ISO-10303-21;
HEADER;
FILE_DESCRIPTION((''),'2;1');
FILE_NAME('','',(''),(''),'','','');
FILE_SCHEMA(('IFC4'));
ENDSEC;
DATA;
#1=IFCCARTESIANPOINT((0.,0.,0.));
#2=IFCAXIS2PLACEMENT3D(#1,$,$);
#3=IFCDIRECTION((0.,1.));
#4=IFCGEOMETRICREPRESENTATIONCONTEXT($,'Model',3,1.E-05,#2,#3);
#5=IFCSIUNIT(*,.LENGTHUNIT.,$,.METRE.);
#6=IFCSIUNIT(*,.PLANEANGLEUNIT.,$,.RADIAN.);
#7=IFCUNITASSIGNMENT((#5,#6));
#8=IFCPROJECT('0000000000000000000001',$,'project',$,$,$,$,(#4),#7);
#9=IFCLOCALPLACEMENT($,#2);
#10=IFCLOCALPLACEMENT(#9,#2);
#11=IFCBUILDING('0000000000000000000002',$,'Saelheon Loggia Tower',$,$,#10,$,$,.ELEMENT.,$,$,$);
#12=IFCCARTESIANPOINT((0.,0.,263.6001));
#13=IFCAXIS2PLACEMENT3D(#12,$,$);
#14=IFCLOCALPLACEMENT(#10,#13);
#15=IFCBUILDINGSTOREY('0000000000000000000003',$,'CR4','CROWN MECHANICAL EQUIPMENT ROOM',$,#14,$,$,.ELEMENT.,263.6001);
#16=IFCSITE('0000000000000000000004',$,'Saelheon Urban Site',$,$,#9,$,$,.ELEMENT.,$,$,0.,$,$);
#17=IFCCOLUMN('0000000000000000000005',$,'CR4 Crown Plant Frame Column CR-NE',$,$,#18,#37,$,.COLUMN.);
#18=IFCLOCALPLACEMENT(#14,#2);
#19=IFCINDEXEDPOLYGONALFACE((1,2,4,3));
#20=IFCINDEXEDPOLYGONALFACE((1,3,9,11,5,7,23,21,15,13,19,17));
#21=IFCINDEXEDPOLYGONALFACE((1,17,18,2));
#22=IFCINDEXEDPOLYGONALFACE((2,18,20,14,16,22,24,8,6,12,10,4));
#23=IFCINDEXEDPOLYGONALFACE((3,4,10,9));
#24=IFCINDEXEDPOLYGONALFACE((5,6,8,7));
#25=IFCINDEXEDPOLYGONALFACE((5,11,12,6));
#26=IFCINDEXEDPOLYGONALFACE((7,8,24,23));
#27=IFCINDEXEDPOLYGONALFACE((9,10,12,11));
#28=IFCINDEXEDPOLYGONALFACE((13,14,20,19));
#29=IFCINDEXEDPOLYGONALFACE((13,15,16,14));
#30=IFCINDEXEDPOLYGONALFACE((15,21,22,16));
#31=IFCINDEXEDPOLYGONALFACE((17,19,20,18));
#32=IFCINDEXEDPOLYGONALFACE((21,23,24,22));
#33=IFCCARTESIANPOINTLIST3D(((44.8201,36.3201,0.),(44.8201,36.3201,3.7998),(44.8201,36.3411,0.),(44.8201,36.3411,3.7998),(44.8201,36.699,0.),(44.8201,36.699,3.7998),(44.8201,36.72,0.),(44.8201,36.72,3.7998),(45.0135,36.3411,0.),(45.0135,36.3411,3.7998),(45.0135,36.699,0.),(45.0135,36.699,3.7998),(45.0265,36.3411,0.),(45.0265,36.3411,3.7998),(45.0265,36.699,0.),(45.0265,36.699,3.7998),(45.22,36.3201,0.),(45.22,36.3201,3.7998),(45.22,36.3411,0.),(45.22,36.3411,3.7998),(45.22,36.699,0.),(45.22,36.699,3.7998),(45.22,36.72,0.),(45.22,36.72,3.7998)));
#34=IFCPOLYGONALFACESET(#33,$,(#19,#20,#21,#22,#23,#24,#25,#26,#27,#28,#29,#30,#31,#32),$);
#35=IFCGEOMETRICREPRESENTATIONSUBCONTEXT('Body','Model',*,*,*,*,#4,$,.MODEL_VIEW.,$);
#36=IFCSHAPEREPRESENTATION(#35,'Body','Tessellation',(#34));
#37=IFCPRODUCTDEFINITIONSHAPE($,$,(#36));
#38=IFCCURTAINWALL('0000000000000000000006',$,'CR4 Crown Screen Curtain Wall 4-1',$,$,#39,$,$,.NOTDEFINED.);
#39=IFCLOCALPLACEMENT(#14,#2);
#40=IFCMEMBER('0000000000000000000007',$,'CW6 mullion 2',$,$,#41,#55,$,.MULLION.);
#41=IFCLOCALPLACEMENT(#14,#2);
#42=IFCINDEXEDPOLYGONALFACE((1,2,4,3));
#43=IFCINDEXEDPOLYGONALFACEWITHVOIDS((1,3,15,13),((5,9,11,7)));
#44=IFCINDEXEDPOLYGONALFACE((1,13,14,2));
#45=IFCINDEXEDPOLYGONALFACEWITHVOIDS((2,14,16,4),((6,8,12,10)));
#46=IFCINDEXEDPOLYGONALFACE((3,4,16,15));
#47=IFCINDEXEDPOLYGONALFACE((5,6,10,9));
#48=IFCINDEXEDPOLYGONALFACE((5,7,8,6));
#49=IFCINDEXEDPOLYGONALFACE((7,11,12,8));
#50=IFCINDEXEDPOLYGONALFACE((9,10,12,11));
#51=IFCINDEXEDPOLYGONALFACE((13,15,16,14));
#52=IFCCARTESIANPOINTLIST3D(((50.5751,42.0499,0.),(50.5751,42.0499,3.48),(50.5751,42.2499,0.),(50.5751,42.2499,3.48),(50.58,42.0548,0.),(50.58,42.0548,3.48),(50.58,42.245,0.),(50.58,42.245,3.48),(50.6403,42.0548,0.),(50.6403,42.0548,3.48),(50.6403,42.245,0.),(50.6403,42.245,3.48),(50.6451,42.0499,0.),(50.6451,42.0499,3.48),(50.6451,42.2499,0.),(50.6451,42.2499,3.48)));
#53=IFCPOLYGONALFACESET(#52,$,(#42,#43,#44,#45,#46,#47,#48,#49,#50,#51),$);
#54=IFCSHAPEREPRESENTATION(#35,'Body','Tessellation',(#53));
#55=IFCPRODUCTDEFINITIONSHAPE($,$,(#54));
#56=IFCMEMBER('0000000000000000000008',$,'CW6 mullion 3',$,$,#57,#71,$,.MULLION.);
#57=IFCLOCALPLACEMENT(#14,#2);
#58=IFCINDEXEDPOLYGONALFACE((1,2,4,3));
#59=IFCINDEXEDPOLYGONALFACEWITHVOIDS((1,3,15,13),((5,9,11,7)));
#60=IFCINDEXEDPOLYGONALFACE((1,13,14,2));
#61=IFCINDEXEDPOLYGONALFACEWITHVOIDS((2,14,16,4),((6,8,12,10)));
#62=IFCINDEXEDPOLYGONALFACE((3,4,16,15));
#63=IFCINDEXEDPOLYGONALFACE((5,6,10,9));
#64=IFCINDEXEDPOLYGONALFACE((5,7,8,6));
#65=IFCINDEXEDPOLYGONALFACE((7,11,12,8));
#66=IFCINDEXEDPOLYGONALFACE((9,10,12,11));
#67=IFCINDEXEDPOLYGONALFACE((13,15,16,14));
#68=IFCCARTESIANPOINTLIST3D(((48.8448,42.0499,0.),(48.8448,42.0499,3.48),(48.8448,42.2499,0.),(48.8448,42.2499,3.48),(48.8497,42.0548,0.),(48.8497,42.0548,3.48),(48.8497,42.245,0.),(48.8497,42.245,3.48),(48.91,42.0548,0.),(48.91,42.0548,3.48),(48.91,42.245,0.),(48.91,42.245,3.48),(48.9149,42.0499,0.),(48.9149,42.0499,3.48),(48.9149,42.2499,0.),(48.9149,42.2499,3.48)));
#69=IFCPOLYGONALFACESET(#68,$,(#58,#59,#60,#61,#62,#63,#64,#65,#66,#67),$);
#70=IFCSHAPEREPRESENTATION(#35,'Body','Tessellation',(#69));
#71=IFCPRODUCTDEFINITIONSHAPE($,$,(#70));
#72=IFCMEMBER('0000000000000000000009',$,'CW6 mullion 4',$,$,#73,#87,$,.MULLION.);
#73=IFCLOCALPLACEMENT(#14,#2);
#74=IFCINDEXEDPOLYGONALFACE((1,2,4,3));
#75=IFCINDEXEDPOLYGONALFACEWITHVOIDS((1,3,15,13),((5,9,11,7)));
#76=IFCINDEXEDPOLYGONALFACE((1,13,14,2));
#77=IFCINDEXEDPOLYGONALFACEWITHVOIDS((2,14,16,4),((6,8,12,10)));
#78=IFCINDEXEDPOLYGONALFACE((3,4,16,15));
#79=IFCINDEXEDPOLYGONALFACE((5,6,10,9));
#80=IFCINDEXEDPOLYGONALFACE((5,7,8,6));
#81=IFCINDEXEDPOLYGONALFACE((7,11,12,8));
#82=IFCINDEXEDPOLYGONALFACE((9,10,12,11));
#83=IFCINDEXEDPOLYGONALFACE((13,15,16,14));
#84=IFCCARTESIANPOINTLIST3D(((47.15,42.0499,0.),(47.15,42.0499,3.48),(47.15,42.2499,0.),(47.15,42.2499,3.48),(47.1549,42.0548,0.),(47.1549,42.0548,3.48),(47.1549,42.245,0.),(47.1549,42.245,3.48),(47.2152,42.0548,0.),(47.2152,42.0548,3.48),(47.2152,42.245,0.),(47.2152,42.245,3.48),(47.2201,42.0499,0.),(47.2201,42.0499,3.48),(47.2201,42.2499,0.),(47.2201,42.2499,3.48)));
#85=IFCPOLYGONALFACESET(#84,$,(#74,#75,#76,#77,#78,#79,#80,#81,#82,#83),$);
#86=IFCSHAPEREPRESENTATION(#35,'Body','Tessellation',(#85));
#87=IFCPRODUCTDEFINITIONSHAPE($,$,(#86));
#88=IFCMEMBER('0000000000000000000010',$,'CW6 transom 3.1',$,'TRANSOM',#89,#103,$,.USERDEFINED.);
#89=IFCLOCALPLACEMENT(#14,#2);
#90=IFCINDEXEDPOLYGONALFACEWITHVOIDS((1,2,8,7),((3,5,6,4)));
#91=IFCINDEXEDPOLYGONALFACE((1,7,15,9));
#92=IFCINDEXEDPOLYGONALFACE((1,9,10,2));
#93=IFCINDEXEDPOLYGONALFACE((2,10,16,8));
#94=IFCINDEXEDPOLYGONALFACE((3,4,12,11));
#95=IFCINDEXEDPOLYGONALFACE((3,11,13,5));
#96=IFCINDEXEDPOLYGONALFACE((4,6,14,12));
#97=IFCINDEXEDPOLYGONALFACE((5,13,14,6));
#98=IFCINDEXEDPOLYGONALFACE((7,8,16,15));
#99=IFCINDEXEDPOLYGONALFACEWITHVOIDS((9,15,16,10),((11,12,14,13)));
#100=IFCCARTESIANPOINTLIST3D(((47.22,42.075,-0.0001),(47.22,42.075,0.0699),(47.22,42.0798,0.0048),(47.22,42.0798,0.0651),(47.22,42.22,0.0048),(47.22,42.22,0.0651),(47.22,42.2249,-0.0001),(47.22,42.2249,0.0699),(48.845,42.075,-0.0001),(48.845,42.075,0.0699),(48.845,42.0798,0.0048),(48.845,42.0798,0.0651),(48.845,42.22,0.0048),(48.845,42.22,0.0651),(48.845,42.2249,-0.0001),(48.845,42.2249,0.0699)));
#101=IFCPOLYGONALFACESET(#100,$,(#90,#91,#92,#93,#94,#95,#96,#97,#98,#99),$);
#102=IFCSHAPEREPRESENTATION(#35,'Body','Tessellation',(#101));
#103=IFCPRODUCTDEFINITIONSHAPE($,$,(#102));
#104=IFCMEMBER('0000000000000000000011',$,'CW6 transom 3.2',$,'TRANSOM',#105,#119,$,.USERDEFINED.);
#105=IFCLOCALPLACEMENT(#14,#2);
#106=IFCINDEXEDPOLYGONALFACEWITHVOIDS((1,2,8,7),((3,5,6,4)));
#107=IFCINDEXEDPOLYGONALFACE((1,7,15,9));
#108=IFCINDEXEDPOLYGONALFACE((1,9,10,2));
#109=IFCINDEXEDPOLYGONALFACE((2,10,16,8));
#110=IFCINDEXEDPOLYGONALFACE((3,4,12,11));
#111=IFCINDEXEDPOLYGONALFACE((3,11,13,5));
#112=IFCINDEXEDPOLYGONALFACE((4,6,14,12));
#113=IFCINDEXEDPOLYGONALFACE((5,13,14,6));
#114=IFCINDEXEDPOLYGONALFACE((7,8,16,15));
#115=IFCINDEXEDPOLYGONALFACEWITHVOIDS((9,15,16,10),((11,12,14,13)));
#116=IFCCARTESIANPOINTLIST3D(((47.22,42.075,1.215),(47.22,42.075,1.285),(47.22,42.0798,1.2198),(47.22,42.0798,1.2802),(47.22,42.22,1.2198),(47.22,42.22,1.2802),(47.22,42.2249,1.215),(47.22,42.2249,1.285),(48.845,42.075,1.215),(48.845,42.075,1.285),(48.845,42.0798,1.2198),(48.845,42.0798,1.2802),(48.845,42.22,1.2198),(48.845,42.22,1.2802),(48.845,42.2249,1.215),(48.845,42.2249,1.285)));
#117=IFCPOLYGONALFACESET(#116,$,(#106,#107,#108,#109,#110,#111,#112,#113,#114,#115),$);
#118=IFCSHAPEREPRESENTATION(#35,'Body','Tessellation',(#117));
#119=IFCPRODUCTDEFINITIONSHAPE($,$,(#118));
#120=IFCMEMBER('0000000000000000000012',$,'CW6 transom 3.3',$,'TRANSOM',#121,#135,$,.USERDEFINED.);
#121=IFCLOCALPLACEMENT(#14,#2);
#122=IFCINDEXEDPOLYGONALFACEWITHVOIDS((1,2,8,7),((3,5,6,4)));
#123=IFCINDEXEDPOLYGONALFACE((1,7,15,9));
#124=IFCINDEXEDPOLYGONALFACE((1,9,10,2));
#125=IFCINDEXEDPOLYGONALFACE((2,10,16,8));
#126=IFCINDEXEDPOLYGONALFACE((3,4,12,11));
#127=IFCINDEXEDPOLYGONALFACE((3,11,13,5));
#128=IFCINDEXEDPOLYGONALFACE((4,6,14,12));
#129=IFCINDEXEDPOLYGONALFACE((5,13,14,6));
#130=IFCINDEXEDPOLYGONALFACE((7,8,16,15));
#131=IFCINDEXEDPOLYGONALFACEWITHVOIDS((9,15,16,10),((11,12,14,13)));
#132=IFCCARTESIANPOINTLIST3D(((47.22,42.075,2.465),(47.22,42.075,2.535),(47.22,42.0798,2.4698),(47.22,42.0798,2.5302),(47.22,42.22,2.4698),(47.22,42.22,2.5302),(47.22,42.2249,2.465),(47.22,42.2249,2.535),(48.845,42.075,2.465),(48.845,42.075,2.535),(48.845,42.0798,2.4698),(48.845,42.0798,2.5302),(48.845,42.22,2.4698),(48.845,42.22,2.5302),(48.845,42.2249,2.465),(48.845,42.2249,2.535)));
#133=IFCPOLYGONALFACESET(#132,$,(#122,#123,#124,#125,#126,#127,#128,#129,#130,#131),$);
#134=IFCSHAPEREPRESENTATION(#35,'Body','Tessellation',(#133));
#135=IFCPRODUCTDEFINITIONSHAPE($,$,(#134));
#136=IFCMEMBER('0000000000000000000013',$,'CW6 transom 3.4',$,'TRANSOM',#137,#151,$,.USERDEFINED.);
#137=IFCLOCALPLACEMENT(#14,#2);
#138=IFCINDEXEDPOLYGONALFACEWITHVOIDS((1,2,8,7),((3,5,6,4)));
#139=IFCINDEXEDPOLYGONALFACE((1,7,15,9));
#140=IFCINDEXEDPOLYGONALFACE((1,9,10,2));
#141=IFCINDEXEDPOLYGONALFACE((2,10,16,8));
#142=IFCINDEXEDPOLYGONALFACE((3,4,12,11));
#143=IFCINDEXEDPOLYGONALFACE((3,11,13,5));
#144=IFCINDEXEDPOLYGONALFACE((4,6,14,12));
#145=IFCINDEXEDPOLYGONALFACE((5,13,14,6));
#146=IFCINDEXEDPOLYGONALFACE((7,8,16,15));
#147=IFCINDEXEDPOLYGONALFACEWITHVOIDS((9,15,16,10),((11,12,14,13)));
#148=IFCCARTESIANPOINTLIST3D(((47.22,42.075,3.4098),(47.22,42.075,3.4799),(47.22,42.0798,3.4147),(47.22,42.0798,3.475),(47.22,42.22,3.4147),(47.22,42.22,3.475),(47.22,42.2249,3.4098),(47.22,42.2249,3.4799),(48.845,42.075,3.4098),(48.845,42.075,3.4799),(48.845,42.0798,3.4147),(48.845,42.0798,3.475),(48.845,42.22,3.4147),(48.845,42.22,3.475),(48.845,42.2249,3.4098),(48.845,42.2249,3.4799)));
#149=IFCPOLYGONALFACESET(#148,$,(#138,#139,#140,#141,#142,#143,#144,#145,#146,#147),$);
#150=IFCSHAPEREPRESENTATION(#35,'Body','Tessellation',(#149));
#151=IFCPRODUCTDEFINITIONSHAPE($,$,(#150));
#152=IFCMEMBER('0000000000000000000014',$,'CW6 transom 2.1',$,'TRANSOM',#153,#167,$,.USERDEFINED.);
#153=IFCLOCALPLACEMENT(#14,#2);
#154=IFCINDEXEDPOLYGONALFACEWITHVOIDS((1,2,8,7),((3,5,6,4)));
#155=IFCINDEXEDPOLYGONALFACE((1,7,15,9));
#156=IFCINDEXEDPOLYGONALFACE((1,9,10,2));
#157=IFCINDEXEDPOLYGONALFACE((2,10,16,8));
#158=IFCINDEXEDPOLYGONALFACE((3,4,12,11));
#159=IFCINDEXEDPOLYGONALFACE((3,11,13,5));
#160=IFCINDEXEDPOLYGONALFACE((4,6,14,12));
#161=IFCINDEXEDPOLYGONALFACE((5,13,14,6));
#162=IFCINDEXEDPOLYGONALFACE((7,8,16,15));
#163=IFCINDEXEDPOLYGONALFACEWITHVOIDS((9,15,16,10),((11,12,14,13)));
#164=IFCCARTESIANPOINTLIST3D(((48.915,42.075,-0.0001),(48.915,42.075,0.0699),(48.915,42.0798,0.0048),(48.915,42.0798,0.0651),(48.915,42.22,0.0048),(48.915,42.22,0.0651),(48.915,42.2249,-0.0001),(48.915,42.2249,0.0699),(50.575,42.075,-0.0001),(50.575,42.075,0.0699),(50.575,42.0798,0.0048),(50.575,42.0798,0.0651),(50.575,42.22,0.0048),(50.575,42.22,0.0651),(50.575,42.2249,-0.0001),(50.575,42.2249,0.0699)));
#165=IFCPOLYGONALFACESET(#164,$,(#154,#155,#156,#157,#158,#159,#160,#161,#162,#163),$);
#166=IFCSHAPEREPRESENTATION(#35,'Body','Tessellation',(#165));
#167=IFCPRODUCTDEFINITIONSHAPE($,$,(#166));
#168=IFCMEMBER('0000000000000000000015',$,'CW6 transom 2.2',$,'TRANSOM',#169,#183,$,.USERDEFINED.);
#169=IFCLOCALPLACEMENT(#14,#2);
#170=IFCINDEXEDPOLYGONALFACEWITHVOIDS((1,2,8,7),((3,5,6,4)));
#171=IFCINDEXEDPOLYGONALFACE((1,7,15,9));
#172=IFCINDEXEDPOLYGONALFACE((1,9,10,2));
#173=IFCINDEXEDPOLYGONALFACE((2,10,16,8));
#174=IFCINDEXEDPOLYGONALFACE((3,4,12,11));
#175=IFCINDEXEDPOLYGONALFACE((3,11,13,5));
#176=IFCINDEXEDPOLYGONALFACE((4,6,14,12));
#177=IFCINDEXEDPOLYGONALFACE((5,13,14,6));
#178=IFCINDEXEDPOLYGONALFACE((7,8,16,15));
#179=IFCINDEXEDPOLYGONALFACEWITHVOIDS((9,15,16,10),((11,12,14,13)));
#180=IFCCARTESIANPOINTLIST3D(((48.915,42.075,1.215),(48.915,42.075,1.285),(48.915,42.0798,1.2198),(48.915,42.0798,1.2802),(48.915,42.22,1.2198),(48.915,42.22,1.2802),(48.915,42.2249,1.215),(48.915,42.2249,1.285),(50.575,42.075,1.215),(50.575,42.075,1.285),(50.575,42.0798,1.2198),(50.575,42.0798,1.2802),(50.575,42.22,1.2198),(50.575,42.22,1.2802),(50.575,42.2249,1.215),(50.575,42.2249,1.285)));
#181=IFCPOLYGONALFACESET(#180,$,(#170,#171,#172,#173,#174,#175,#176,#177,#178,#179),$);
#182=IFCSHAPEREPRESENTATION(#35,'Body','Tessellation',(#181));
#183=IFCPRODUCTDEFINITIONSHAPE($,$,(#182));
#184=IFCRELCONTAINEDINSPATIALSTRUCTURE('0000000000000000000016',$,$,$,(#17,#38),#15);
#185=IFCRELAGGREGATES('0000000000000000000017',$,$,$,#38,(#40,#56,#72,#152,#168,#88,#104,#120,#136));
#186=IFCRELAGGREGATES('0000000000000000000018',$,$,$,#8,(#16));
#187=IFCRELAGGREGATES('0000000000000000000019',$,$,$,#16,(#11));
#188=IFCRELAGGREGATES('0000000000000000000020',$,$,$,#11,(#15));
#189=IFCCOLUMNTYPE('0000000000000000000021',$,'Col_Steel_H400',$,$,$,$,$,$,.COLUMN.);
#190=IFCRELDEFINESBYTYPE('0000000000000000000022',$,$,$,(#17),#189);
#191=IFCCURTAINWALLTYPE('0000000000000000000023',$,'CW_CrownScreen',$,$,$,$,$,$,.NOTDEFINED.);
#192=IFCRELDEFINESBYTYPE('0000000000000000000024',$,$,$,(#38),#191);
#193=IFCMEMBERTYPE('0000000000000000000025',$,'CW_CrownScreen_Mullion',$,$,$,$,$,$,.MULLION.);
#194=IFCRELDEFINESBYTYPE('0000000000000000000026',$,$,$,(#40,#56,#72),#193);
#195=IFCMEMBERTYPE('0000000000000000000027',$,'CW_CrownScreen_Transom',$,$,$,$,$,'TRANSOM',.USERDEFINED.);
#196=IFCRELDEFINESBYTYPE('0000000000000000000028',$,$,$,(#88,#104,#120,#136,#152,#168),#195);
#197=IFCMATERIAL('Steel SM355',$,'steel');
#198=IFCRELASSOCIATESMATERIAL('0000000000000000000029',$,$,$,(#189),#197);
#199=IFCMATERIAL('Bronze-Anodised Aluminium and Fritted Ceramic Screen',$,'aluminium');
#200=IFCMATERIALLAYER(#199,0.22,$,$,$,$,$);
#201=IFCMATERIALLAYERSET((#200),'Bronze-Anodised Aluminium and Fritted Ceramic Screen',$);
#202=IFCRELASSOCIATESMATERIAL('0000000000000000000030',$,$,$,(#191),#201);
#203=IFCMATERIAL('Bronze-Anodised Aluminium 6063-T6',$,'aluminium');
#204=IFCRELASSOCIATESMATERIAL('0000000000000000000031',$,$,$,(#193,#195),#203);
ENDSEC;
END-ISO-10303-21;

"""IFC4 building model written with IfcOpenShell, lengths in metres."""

from ifc_helpers import new_model, si_unit, direction, frame, origin, origin_2d, place, context, subcontext, project, spatial, hollow_rectangle, i_section, extrude, source, transform, mapped, material, layer, layer_set, material_profile, profile_set, type_object, element, aggregate, save


model = new_model("IFC4")

# Units and contexts
model_context = context("Model", 3, precision=1e-05, world=origin(), true_north=direction((0.0, 1.0)))
body_context = subcontext(model_context, "Body", "Model", "MODEL_VIEW")
ifc_project = project(units=[si_unit("LENGTHUNIT", "METRE"), si_unit("PLANEANGLEUNIT", "RADIAN")], contexts=[model_context])

# Site, building, storey
site_placement = place(None, origin())
site = spatial("IfcSite", under=ifc_project, at=site_placement, Name="Saelheon Urban Site", CompositionType="ELEMENT", RefElevation=0.0)
building_placement = place(site_placement, origin())
building = spatial("IfcBuilding", under=site, at=building_placement, Name="Saelheon Loggia Tower", CompositionType="ELEMENT")
storey_placement = place(building_placement, frame((0.0, 0.0, 263.6001)))
storey = spatial("IfcBuildingStorey", under=building, at=storey_placement, Name="CR4", Description="CROWN MECHANICAL EQUIPMENT ROOM", CompositionType="ELEMENT", Elevation=263.6001)

# Column
ifc_material_1 = material(Name="Steel SM355", Category="steel")
ifc_material_profile_1 = material_profile(ifc_material_1, i_section(OverallWidth=0.3999, OverallDepth=0.3999, WebThickness=0.0129, FlangeThickness=0.021, at=origin_2d()), Name="H-400x400x13x21")
ifc_profile_set_1 = profile_set([ifc_material_profile_1], Name="Steel SM355")
column_type = type_object("IfcColumnType", Name="Col_Steel_H400", PredefinedType="COLUMN", material=ifc_profile_set_1)
shared_shape_1 = source(origin(), body_context, "Body", "SweptSolid", [
    extrude(i_section(OverallWidth=0.3999, OverallDepth=0.3999, WebThickness=0.0129, FlangeThickness=0.021, at=origin_2d()), origin(), (0.0, 0.0, 1.0), 3.7998),
])
column_placement = place(storey_placement, frame((45.02, 36.52, 0.0), z_axis=(0.0, 0.0, 1.0), x_axis=(1.0, 0.0, 0.0)))
element("IfcColumn", 1, at=column_placement, inside=storey, type_object=column_type, Name="CR4 Crown Plant Frame Column CR-NE", PredefinedType="COLUMN", context=body_context, shape_type="MappedRepresentation", body=[
    mapped(shared_shape_1, transform((0.0, 0.0, 0.0), scale=1.0)),
])

# Curtain wall, members
ifc_material_2 = material(Name="Bronze-Anodised Aluminium and Fritted Ceramic Screen", Category="aluminium")
ifc_layer_1 = layer(ifc_material_2, 0.22)
ifc_layer_set_1 = layer_set([ifc_layer_1], Name="Bronze-Anodised Aluminium and Fritted Ceramic Screen")
curtain_wall_type = type_object("IfcCurtainWallType", Name="CW_CrownScreen", PredefinedType="NOTDEFINED", material=ifc_layer_set_1)
curtain_wall_placement = place(storey_placement, origin())
curtain_wall = element("IfcCurtainWall", 2, at=curtain_wall_placement, inside=storey, type_object=curtain_wall_type, Name="CR4 Crown Screen Curtain Wall 4-1", PredefinedType="NOTDEFINED")
ifc_material_3 = material(Name="Bronze-Anodised Aluminium 6063-T6", Category="aluminium")
ifc_material_profile_2 = material_profile(ifc_material_3, hollow_rectangle(XDim=0.0701, YDim=0.2, WallThickness=0.0049, at=origin_2d()), Name="RHS-200x70x5")
ifc_profile_set_2 = profile_set([ifc_material_profile_2], Name="Bronze-Anodised Aluminium 6063-T6")
member_type_1 = type_object("IfcMemberType", Name="CW_CrownScreen_Mullion", PredefinedType="MULLION", material=ifc_profile_set_2)
shared_shape_2 = source(origin(), body_context, "Body", "SweptSolid", [
    extrude(hollow_rectangle(XDim=0.0701, YDim=0.2, WallThickness=0.0049, at=origin_2d()), origin(), (0.0, 0.0, 1.0), 3.48),
])
member_1_placement = place(storey_placement, frame((50.6101, 42.1499, 0.0), z_axis=(0.0, 0.0, 1.0), x_axis=(-1.0, 0.0, 0.0)))
member_1 = element("IfcMember", 3, at=member_1_placement, type_object=member_type_1, Name="CW6 mullion 2", PredefinedType="MULLION", context=body_context, shape_type="MappedRepresentation", body=[
    mapped(shared_shape_2, transform((0.0, 0.0, 0.0), scale=1.0)),
])
member_2_placement = place(storey_placement, frame((48.8799, 42.1499, 0.0), z_axis=(0.0, 0.0, 1.0), x_axis=(-1.0, 0.0, 0.0)))
member_2 = element("IfcMember", 4, at=member_2_placement, type_object=member_type_1, Name="CW6 mullion 3", PredefinedType="MULLION", context=body_context, shape_type="MappedRepresentation", body=[
    mapped(shared_shape_2, transform((0.0, 0.0, 0.0), scale=1.0)),
])
member_3_placement = place(storey_placement, frame((47.1851, 42.1499, 0.0), z_axis=(0.0, 0.0, 1.0), x_axis=(-1.0, 0.0, 0.0)))
member_3 = element("IfcMember", 5, at=member_3_placement, type_object=member_type_1, Name="CW6 mullion 4", PredefinedType="MULLION", context=body_context, shape_type="MappedRepresentation", body=[
    mapped(shared_shape_2, transform((0.0, 0.0, 0.0), scale=1.0)),
])
ifc_material_profile_3 = material_profile(ifc_material_3, hollow_rectangle(XDim=0.0701, YDim=0.1499, WallThickness=0.0049, at=origin_2d()), Name="RHS-150x70x5")
ifc_profile_set_3 = profile_set([ifc_material_profile_3], Name="Bronze-Anodised Aluminium 6063-T6")
member_type_2 = type_object("IfcMemberType", Name="CW_CrownScreen_Transom", ElementType="TRANSOM", PredefinedType="USERDEFINED", material=ifc_profile_set_3)
shared_shape_3 = source(origin(), body_context, "Body", "SweptSolid", [
    extrude(hollow_rectangle(XDim=0.0701, YDim=0.1499, WallThickness=0.0049, at=origin_2d()), origin(), (0.0, 0.0, 1.0), 1.625),
])
member_4_placement = place(storey_placement, frame((48.845, 42.1499, 0.0349), z_axis=(-1.0, 0.0, 0.0), x_axis=(0.0, 0.0, 1.0)))
member_4 = element("IfcMember", 6, at=member_4_placement, type_object=member_type_2, Name="CW6 transom 3.1", ObjectType="TRANSOM", PredefinedType="USERDEFINED", context=body_context, shape_type="MappedRepresentation", body=[
    mapped(shared_shape_3, transform((0.0, 0.0, 0.0), scale=1.0)),
])
member_5_placement = place(storey_placement, frame((48.845, 42.1499, 1.25), z_axis=(-1.0, 0.0, 0.0), x_axis=(0.0, 0.0, 1.0)))
member_5 = element("IfcMember", 7, at=member_5_placement, type_object=member_type_2, Name="CW6 transom 3.2", ObjectType="TRANSOM", PredefinedType="USERDEFINED", context=body_context, shape_type="MappedRepresentation", body=[
    mapped(shared_shape_3, transform((0.0, 0.0, 0.0), scale=1.0)),
])
member_6_placement = place(storey_placement, frame((48.845, 42.1499, 2.5), z_axis=(-1.0, 0.0, 0.0), x_axis=(0.0, 0.0, 1.0)))
member_6 = element("IfcMember", 8, at=member_6_placement, type_object=member_type_2, Name="CW6 transom 3.3", ObjectType="TRANSOM", PredefinedType="USERDEFINED", context=body_context, shape_type="MappedRepresentation", body=[
    mapped(shared_shape_3, transform((0.0, 0.0, 0.0), scale=1.0)),
])
member_7_placement = place(storey_placement, frame((48.845, 42.1499, 3.4448), z_axis=(-1.0, 0.0, 0.0), x_axis=(0.0, 0.0, 1.0)))
member_7 = element("IfcMember", 9, at=member_7_placement, type_object=member_type_2, Name="CW6 transom 3.4", ObjectType="TRANSOM", PredefinedType="USERDEFINED", context=body_context, shape_type="MappedRepresentation", body=[
    mapped(shared_shape_3, transform((0.0, 0.0, 0.0), scale=1.0)),
])
shared_shape_4 = source(origin(), body_context, "Body", "SweptSolid", [
    extrude(hollow_rectangle(XDim=0.0701, YDim=0.1499, WallThickness=0.0049, at=origin_2d()), origin(), (0.0, 0.0, 1.0), 1.6599),
])
member_8_placement = place(storey_placement, frame((50.575, 42.1499, 0.0349), z_axis=(-1.0, 0.0, 0.0), x_axis=(0.0, 0.0, 1.0)))
member_8 = element("IfcMember", 10, at=member_8_placement, type_object=member_type_2, Name="CW6 transom 2.1", ObjectType="TRANSOM", PredefinedType="USERDEFINED", context=body_context, shape_type="MappedRepresentation", body=[
    mapped(shared_shape_4, transform((0.0, 0.0, 0.0), scale=1.0)),
])
member_9_placement = place(storey_placement, frame((50.575, 42.1499, 1.25), z_axis=(-1.0, 0.0, 0.0), x_axis=(0.0, 0.0, 1.0)))
member_9 = element("IfcMember", 11, at=member_9_placement, type_object=member_type_2, Name="CW6 transom 2.2", ObjectType="TRANSOM", PredefinedType="USERDEFINED", context=body_context, shape_type="MappedRepresentation", body=[
    mapped(shared_shape_4, transform((0.0, 0.0, 0.0), scale=1.0)),
])
aggregate(curtain_wall, [member_1, member_2, member_3, member_8, member_9, member_4, member_5, member_6, member_7])

save(model, "model.ifc")
